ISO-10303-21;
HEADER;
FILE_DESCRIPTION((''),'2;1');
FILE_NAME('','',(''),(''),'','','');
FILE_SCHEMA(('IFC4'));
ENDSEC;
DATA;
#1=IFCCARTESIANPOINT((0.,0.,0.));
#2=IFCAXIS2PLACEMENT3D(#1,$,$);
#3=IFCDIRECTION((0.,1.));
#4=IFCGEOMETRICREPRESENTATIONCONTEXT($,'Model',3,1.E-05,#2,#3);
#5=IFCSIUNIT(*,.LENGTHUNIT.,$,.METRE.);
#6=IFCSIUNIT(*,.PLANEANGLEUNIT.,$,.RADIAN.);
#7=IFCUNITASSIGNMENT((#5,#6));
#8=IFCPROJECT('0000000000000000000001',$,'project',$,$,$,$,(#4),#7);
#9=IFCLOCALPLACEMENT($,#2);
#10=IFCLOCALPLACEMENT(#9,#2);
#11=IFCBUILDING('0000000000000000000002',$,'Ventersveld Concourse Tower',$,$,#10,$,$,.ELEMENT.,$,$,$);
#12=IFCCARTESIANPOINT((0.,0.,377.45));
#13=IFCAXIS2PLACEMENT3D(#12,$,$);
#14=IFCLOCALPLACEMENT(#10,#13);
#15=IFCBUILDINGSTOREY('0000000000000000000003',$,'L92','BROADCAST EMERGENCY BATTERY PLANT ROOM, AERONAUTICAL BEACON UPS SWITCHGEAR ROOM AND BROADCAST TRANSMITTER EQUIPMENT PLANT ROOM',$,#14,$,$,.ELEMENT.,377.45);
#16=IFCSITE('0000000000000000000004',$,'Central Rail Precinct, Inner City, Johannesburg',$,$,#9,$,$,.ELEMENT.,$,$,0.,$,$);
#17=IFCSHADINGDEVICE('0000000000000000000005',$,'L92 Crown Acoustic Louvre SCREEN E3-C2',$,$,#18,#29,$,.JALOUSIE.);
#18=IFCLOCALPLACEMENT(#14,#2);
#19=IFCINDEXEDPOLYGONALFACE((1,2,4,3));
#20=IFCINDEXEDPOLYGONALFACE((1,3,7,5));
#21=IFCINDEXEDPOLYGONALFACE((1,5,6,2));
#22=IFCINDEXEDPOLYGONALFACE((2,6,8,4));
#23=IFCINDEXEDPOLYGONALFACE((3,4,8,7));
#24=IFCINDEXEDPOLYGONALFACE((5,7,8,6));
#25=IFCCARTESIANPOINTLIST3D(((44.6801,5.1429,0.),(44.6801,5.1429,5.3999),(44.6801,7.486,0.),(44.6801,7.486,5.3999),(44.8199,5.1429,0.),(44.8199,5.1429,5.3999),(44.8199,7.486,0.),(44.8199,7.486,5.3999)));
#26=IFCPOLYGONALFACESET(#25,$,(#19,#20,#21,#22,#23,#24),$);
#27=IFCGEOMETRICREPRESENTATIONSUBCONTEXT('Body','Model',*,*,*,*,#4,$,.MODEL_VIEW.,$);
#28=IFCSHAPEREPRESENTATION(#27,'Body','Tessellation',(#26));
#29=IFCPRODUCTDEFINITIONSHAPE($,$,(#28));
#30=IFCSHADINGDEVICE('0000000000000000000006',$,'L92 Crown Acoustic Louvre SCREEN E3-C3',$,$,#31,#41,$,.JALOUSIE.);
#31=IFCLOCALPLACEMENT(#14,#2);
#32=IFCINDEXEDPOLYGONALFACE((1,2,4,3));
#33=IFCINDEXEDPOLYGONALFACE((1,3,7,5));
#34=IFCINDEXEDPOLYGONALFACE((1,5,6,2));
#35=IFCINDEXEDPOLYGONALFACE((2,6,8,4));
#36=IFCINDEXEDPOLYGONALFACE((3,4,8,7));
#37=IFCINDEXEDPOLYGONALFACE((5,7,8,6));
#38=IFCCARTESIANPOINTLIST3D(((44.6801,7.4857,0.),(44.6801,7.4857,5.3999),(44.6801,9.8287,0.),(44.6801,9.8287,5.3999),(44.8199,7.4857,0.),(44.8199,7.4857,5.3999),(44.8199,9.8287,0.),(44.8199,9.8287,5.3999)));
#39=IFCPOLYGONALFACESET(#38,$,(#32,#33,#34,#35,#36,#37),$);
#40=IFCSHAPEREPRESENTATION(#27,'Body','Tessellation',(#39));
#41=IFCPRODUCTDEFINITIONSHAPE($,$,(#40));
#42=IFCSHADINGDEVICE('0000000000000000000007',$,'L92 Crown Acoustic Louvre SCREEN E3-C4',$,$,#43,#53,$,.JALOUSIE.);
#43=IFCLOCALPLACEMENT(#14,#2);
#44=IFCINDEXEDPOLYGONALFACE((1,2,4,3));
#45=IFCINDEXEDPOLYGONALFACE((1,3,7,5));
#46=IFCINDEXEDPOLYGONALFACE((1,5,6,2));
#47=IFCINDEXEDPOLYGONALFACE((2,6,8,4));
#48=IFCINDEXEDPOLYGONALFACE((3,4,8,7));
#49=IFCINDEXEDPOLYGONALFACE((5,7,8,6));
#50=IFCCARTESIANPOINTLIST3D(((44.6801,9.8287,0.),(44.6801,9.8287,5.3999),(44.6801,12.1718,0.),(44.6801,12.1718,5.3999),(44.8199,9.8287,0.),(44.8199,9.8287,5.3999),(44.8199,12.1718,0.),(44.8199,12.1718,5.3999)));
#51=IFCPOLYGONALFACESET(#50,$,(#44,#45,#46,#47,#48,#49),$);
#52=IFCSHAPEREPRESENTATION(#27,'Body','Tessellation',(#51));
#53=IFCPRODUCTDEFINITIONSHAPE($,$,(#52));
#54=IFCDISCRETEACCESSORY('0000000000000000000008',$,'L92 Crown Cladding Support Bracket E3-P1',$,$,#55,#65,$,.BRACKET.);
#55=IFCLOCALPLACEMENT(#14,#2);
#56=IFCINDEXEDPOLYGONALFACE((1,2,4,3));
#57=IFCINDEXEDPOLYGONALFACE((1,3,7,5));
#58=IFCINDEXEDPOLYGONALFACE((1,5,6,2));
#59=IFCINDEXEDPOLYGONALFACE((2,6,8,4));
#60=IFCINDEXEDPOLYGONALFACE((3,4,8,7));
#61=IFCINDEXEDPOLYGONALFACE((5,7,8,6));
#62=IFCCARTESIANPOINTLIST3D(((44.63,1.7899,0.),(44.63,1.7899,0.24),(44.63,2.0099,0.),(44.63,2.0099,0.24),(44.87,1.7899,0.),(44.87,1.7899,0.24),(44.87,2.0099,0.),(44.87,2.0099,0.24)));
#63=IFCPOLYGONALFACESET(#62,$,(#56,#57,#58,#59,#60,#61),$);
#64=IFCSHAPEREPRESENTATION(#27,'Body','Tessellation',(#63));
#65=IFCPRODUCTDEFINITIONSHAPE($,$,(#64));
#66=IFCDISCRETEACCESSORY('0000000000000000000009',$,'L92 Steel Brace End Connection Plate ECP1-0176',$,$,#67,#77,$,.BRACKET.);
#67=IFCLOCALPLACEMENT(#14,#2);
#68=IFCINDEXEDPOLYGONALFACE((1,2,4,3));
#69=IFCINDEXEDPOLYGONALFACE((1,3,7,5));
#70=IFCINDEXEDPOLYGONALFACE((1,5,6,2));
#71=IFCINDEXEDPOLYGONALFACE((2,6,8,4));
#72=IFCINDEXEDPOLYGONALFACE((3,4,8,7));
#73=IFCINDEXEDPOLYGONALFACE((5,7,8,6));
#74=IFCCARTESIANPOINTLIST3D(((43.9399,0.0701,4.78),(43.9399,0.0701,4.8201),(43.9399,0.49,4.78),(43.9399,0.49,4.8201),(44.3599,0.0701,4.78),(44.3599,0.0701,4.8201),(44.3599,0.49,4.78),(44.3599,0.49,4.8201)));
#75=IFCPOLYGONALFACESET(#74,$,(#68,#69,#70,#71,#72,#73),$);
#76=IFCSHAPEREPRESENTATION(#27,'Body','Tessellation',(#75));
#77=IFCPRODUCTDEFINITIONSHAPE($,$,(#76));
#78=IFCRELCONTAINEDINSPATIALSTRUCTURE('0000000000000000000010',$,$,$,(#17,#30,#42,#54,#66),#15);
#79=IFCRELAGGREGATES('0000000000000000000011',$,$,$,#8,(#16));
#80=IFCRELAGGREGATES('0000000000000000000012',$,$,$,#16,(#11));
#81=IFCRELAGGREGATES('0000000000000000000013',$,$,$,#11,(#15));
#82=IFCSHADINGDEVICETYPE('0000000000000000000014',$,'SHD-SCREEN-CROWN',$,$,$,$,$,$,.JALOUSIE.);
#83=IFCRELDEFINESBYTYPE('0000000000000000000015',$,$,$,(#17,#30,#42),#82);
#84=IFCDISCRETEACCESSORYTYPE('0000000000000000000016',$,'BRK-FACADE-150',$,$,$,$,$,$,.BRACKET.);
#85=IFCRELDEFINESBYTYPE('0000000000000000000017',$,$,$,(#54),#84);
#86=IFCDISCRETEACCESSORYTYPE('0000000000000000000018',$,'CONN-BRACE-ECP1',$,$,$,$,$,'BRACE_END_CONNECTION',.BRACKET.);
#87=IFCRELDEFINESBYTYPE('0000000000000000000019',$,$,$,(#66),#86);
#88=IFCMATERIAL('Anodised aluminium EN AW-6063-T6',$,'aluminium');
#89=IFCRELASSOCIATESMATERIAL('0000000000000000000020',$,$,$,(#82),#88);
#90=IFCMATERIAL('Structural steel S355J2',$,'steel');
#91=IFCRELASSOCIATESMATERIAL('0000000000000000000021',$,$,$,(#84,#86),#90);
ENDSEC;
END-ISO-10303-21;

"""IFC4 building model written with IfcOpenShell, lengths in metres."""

from ifc_helpers import new_model, si_unit, direction, frame, origin, origin_2d, place, context, subcontext, project, spatial, rectangle, extrude, material, type_object, element, save


model = new_model("IFC4")

# Units and contexts
model_context = context("Model", 3, precision=1e-05, world=origin(), true_north=direction((0.0, 1.0)))
body_context = subcontext(model_context, "Body", "Model", "MODEL_VIEW")
ifc_project = project(units=[si_unit("LENGTHUNIT", "METRE"), si_unit("PLANEANGLEUNIT", "RADIAN")], contexts=[model_context])

# Site, building, storey
site_placement = place(None, origin())
site = spatial("IfcSite", under=ifc_project, at=site_placement, Name="Central Rail Precinct, Inner City, Johannesburg", CompositionType="ELEMENT", RefElevation=0.0)
building_placement = place(site_placement, origin())
building = spatial("IfcBuilding", under=site, at=building_placement, Name="Ventersveld Concourse Tower", CompositionType="ELEMENT")
storey_placement = place(building_placement, frame((0.0, 0.0, 377.45)))
storey = spatial("IfcBuildingStorey", under=building, at=storey_placement, Name="L92", Description="BROADCAST EMERGENCY BATTERY PLANT ROOM, AERONAUTICAL BEACON UPS SWITCHGEAR ROOM AND BROADCAST TRANSMITTER EQUIPMENT PLANT ROOM", CompositionType="ELEMENT", Elevation=377.45)

# Shading devices
ifc_material_1 = material(Name="Anodised aluminium EN AW-6063-T6", Category="aluminium")
shading_device_type = type_object("IfcShadingDeviceType", Name="SHD-SCREEN-CROWN", PredefinedType="JALOUSIE", material=ifc_material_1)
for number, where, z_axis, x_axis, name in (
    (1, (44.75, 6.3145, 0.0), (0.0, 0.0, 1.0), (0.0, 1.0, 0.0), "L92 Crown Acoustic Louvre SCREEN E3-C2"),
    (2, (44.75, 8.6572, 0.0), (0.0, 0.0, 1.0), (0.0, 1.0, 0.0), "L92 Crown Acoustic Louvre SCREEN E3-C3"),
    (3, (44.75, 11.0002, 0.0), (0.0, 0.0, 1.0), (0.0, 1.0, 0.0), "L92 Crown Acoustic Louvre SCREEN E3-C4"),
):
    element("IfcShadingDevice", number, at=place(storey_placement, frame(where, z_axis=z_axis, x_axis=x_axis)), inside=storey, type_object=shading_device_type, Name=name, PredefinedType="JALOUSIE", context=body_context, shape_type="SweptSolid", body=[
        extrude(rectangle(XDim=2.343, YDim=0.1399, at=origin_2d()), origin(), (0.0, 0.0, 1.0), 5.3999),
    ])

# Discrete accessories
ifc_material_2 = material(Name="Structural steel S355J2", Category="steel")
discrete_accessory_type_1 = type_object("IfcDiscreteAccessoryType", Name="BRK-FACADE-150", PredefinedType="BRACKET", material=ifc_material_2)
discrete_accessory_1_placement = place(storey_placement, frame((44.75, 1.8999, 0.0), z_axis=(0.0, 0.0, 1.0), x_axis=(0.0, 1.0, 0.0)))
element("IfcDiscreteAccessory", 4, at=discrete_accessory_1_placement, inside=storey, type_object=discrete_accessory_type_1, Name="L92 Crown Cladding Support Bracket E3-P1", PredefinedType="BRACKET", context=body_context, shape_type="SweptSolid", body=[
    extrude(rectangle(XDim=0.22, YDim=0.24, at=origin_2d()), origin(), (0.0, 0.0, 1.0), 0.24),
])
discrete_accessory_type_2 = type_object("IfcDiscreteAccessoryType", Name="CONN-BRACE-ECP1", ElementType="BRACE_END_CONNECTION", PredefinedType="BRACKET", material=ifc_material_2)
discrete_accessory_2_placement = place(storey_placement, frame((44.1499, 0.28, 4.78), z_axis=(0.0, 0.0, 1.0), x_axis=(1.0, 0.0, 0.0)))
element("IfcDiscreteAccessory", 5, at=discrete_accessory_2_placement, inside=storey, type_object=discrete_accessory_type_2, Name="L92 Steel Brace End Connection Plate ECP1-0176", PredefinedType="BRACKET", context=body_context, shape_type="SweptSolid", body=[
    extrude(rectangle(XDim=0.4199, YDim=0.4199, at=origin_2d()), origin(), (0.0, 0.0, 1.0), 0.04),
])

save(model, "model.ifc")
